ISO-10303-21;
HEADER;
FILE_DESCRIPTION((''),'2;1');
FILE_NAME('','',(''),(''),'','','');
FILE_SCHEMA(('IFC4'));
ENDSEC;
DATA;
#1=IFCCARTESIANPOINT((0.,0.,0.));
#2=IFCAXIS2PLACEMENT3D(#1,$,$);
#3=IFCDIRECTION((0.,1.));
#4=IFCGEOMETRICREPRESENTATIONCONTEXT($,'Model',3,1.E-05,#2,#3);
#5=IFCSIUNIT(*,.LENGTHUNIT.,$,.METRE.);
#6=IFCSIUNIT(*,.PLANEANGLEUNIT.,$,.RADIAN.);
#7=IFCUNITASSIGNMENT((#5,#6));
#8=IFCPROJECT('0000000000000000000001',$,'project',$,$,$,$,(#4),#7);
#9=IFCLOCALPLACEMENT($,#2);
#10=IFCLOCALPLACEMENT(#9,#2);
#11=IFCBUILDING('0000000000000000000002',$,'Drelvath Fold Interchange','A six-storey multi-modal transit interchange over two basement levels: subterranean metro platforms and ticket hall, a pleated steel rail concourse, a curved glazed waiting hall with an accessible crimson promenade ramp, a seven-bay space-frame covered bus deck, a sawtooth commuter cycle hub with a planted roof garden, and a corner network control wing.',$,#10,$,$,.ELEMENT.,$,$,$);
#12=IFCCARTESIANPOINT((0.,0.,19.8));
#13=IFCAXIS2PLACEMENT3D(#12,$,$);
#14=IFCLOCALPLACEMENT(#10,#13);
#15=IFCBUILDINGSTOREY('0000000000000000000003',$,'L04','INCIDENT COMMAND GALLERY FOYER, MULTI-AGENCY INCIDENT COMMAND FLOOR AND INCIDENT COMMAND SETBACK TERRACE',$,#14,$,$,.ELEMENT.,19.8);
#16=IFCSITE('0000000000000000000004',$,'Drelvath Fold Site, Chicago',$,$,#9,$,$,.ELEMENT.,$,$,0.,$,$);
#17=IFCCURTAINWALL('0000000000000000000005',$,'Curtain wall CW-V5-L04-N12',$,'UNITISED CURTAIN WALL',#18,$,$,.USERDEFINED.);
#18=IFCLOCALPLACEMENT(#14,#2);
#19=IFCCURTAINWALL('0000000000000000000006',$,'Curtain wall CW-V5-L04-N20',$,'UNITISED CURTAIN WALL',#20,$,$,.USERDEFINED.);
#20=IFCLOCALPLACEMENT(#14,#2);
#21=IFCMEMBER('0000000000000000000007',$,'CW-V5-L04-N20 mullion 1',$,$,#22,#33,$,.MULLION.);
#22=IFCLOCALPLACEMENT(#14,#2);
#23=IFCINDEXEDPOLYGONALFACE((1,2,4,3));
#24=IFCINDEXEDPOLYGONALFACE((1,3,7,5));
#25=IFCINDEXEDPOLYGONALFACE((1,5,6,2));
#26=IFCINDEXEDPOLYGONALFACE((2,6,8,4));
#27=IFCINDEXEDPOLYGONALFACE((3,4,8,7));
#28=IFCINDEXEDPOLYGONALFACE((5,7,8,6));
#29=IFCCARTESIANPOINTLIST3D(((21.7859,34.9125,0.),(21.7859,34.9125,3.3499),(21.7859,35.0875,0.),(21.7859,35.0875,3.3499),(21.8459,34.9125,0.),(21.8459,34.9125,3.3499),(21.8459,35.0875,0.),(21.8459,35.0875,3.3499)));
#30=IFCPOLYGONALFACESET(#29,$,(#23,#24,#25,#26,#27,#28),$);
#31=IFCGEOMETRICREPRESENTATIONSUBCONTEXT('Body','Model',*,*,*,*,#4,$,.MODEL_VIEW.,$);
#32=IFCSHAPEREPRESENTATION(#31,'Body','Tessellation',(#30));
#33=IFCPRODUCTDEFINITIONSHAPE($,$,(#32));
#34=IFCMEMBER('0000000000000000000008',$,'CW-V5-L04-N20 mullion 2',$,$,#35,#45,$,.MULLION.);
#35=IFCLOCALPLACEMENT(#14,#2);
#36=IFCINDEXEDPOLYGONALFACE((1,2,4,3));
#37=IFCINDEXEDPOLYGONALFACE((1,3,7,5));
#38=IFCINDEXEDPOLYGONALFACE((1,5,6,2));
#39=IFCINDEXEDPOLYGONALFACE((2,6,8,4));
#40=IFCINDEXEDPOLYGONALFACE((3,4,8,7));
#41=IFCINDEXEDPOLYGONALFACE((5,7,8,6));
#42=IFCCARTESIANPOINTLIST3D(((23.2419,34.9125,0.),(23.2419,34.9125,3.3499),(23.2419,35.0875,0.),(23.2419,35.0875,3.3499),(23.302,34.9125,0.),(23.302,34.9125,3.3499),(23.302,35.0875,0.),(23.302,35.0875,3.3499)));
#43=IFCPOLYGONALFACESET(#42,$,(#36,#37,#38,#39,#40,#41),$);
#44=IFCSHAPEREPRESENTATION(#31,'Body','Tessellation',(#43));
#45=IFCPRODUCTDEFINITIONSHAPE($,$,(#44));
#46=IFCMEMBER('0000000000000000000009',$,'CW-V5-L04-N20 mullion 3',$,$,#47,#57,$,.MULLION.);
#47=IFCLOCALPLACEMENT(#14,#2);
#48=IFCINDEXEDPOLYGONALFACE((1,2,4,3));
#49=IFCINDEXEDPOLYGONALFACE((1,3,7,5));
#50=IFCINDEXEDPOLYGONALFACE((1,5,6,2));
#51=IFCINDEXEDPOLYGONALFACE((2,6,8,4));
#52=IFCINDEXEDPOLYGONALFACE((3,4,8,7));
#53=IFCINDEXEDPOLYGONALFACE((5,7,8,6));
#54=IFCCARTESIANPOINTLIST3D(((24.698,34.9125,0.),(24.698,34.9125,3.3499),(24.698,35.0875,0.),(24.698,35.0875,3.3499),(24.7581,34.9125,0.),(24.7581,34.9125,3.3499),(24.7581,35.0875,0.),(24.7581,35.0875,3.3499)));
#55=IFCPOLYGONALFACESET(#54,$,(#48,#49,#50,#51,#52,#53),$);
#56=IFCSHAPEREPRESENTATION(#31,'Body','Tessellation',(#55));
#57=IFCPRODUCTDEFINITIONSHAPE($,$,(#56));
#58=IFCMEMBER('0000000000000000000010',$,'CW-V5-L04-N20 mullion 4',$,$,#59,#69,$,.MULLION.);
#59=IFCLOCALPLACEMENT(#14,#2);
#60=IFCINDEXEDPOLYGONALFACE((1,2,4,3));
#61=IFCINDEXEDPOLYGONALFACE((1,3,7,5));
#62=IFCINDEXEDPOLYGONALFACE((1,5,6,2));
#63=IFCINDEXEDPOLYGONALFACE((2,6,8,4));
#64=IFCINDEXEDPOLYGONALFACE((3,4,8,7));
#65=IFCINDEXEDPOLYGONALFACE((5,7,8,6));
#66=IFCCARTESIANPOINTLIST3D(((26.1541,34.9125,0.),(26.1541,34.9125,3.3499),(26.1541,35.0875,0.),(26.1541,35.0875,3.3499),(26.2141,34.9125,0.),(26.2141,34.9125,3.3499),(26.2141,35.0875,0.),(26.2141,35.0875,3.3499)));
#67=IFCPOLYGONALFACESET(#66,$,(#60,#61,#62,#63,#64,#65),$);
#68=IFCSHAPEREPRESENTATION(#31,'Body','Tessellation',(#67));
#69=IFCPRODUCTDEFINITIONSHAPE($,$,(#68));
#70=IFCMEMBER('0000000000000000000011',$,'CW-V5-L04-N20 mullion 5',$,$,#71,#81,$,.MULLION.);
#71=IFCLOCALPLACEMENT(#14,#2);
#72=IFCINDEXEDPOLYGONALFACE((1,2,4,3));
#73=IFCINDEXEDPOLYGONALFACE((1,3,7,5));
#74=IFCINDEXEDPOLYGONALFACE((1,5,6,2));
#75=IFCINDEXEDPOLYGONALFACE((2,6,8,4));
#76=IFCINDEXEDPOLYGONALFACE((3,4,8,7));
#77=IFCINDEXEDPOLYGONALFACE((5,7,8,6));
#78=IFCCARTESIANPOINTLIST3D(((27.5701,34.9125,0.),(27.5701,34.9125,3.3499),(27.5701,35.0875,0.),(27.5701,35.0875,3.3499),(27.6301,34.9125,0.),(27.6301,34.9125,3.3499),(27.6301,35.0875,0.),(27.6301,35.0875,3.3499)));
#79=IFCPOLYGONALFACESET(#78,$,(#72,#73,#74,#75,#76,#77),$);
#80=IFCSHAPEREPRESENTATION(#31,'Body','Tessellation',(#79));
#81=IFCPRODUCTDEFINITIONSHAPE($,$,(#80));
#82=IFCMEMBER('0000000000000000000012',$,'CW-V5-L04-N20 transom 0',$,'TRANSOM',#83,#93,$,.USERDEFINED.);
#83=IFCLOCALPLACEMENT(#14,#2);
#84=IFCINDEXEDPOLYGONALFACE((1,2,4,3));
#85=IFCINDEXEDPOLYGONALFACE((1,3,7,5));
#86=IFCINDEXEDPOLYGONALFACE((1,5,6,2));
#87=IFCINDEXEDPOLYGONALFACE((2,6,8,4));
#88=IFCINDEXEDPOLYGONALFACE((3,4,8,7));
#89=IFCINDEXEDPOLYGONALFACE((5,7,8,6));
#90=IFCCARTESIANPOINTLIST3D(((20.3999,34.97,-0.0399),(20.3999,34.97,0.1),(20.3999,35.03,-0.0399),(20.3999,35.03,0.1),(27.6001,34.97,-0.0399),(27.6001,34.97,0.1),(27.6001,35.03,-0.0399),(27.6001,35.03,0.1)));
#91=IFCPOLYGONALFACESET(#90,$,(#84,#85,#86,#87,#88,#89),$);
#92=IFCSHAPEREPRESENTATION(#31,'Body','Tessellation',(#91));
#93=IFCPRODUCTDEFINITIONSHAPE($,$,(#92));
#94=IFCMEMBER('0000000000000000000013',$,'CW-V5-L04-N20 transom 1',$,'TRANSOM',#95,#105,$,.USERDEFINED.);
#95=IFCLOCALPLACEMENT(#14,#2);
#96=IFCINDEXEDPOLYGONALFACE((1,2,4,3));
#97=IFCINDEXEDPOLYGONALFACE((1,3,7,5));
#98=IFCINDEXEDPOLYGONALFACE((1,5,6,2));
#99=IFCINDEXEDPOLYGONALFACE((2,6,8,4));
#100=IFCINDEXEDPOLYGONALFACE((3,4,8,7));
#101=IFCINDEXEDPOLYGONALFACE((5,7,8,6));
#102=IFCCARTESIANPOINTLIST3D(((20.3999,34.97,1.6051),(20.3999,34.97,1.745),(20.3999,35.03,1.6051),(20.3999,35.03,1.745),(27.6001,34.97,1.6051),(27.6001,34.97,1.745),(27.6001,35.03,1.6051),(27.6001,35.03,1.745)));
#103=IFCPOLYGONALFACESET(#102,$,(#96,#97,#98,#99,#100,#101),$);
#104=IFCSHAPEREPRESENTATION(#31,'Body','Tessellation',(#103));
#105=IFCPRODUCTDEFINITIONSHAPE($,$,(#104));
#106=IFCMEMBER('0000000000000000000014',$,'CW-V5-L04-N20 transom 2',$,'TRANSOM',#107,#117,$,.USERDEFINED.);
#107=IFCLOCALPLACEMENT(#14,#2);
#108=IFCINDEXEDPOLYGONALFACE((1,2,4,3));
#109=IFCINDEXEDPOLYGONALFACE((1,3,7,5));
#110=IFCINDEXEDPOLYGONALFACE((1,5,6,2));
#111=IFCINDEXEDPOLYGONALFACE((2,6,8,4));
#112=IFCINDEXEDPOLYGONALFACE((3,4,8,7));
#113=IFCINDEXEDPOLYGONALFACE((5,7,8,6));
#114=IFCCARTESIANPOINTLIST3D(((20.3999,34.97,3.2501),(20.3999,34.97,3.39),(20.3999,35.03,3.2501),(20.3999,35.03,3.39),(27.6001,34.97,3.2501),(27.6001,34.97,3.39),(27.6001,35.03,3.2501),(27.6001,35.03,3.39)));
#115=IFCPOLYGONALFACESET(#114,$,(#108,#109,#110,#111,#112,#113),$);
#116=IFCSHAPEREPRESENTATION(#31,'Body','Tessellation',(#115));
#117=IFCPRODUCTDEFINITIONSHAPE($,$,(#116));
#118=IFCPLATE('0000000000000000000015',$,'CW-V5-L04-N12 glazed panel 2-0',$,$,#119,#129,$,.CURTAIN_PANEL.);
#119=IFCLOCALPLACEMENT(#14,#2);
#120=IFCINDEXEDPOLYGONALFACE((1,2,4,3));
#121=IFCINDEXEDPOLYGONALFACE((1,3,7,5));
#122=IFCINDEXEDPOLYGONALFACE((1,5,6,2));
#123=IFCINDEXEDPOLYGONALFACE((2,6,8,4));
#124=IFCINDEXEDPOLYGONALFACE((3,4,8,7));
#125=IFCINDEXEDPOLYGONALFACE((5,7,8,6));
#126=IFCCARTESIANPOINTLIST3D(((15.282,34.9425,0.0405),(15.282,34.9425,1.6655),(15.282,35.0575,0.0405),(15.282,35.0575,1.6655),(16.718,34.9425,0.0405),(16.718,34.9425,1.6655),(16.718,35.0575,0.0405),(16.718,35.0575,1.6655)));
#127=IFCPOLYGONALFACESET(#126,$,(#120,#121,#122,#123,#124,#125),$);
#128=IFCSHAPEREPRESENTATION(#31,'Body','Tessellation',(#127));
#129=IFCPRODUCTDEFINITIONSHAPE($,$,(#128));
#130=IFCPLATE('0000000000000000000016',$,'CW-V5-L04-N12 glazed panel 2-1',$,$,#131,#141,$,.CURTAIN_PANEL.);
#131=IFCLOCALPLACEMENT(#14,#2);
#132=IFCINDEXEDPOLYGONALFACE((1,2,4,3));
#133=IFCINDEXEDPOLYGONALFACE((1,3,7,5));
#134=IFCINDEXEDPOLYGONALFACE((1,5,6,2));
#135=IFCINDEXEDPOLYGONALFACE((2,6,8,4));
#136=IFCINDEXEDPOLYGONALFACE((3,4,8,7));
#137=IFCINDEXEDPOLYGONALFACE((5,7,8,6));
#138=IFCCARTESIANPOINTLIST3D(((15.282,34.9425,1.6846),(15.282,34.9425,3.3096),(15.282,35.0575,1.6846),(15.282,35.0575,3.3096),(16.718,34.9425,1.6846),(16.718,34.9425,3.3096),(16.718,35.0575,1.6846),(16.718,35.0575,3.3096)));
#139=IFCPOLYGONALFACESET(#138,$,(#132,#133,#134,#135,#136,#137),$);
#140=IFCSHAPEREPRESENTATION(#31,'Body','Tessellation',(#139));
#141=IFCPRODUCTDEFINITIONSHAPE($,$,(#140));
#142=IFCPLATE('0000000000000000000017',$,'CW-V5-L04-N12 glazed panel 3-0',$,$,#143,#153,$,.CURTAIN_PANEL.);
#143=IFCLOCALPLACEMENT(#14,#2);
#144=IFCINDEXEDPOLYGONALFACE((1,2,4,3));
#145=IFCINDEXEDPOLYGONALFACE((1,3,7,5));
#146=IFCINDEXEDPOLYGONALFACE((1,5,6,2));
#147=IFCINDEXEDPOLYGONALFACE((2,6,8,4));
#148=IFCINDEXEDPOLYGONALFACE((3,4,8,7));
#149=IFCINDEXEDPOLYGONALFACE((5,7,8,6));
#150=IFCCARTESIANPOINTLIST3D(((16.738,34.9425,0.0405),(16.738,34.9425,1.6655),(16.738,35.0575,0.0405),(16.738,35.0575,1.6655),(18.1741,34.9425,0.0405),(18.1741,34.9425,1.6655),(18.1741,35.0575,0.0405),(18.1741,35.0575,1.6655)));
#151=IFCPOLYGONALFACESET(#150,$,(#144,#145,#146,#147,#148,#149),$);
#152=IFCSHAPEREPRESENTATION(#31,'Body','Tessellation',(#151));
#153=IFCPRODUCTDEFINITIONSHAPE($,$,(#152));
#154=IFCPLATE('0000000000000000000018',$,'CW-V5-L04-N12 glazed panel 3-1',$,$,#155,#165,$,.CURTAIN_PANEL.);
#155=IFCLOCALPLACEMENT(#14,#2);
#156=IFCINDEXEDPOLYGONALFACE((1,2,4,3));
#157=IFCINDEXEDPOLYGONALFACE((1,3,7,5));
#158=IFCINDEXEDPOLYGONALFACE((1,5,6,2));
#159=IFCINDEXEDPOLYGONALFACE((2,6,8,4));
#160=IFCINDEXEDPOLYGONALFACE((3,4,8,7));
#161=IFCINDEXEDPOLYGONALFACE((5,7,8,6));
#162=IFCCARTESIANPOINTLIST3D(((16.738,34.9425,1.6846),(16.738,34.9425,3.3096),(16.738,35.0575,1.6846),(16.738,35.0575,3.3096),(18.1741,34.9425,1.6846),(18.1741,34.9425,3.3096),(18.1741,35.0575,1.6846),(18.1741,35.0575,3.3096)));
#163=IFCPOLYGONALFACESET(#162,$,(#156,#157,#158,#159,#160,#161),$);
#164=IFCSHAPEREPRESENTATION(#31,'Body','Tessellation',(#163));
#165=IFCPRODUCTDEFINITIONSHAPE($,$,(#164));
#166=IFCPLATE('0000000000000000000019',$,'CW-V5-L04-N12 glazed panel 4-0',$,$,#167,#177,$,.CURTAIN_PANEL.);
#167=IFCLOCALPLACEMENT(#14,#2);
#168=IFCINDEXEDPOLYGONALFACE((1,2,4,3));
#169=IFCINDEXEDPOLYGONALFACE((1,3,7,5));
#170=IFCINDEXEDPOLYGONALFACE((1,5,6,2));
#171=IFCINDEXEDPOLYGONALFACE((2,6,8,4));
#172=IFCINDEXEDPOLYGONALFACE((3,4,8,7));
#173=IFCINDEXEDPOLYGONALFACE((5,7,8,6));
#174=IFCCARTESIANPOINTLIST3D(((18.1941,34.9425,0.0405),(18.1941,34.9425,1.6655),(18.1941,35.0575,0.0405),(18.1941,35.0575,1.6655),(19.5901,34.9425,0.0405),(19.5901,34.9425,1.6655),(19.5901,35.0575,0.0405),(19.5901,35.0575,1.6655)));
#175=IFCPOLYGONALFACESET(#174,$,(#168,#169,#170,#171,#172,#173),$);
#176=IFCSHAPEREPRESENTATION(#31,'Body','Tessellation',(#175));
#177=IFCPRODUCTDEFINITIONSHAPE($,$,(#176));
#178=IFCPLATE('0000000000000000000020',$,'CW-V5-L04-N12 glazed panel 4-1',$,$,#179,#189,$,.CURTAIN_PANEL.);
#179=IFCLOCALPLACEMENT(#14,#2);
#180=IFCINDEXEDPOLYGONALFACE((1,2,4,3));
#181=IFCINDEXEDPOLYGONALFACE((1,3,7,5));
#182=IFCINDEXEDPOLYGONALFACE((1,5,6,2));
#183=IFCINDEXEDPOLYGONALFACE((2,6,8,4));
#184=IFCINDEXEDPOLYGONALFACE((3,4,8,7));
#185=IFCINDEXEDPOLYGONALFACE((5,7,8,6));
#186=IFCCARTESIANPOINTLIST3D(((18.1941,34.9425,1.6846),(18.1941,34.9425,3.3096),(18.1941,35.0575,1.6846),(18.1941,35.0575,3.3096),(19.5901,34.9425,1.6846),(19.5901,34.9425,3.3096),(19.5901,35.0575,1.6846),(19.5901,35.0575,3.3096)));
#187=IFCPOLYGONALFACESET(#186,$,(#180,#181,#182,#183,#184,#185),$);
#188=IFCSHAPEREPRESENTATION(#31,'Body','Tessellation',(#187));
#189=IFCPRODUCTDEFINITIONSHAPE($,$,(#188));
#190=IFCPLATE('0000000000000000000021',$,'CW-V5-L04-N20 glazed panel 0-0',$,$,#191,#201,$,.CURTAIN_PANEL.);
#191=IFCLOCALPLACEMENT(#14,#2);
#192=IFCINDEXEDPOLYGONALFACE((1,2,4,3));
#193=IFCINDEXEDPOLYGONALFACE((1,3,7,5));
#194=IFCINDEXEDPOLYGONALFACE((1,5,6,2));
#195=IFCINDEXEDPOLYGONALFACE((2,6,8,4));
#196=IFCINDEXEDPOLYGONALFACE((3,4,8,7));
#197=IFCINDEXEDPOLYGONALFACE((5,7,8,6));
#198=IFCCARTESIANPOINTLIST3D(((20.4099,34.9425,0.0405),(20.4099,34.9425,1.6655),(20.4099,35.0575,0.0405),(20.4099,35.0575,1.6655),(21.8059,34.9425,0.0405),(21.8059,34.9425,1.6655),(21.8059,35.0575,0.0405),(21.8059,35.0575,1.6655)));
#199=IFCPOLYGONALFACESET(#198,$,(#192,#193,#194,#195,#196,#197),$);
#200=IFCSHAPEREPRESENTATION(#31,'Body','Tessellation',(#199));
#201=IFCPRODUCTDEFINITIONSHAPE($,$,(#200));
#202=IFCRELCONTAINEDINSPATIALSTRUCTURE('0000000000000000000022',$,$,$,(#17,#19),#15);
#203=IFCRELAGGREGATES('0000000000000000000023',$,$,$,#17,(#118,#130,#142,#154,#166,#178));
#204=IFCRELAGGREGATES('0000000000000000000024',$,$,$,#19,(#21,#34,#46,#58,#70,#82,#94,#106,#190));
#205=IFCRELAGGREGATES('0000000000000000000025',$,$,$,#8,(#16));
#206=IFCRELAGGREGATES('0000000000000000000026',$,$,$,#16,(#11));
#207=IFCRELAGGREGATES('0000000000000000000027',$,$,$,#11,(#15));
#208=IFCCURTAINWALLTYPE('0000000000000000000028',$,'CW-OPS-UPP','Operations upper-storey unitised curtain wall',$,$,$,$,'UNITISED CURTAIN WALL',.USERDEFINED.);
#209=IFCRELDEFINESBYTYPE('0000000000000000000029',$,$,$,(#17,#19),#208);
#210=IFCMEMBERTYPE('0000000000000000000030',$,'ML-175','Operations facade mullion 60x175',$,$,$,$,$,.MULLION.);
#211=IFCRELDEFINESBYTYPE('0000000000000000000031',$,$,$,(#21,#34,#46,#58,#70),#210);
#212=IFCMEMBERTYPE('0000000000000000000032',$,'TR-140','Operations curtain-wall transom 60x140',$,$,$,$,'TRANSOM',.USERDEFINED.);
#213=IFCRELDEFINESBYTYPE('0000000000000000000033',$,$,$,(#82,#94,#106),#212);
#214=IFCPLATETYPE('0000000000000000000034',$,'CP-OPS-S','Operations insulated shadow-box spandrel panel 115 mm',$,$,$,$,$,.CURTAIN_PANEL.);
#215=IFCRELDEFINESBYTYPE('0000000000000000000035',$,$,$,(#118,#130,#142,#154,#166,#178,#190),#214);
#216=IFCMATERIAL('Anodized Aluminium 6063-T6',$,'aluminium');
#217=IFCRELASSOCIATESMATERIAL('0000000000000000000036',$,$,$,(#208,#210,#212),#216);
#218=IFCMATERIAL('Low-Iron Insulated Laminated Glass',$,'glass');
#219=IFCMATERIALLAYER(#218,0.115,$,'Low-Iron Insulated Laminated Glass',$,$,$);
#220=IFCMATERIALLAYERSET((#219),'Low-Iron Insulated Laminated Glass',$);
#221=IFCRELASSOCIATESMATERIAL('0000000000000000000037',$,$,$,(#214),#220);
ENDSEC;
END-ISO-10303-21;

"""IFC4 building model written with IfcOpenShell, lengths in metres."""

from ifc_helpers import new_model, si_unit, direction, frame, origin, origin_2d, place, context, subcontext, project, spatial, rectangle, extrude, material, layer, layer_set, material_profile, profile_set, type_object, element, aggregate, save


model = new_model("IFC4")

# Units and contexts
model_context = context("Model", 3, precision=1e-05, world=origin(), true_north=direction((0.0, 1.0)))
body_context = subcontext(model_context, "Body", "Model", "MODEL_VIEW")
ifc_project = project(units=[si_unit("LENGTHUNIT", "METRE"), si_unit("PLANEANGLEUNIT", "RADIAN")], contexts=[model_context])

# Site, building, storey
site_placement = place(None, origin())
site = spatial("IfcSite", under=ifc_project, at=site_placement, Name="Drelvath Fold Site, Chicago", CompositionType="ELEMENT", RefElevation=0.0)
building_placement = place(site_placement, origin())
building = spatial("IfcBuilding", under=site, at=building_placement, Name="Drelvath Fold Interchange", Description="A six-storey multi-modal transit interchange over two basement levels: subterranean metro platforms and ticket hall, a pleated steel rail concourse, a curved glazed waiting hall with an accessible crimson promenade ramp, a seven-bay space-frame covered bus deck, a sawtooth commuter cycle hub with a planted roof garden, and a corner network control wing.", CompositionType="ELEMENT")
storey_placement = place(building_placement, frame((0.0, 0.0, 19.8)))
storey = spatial("IfcBuildingStorey", under=building, at=storey_placement, Name="L04", Description="INCIDENT COMMAND GALLERY FOYER, MULTI-AGENCY INCIDENT COMMAND FLOOR AND INCIDENT COMMAND SETBACK TERRACE", CompositionType="ELEMENT", Elevation=19.8)

# Curtain walls, members
ifc_material_1 = material(Name="Anodized Aluminium 6063-T6", Category="aluminium")
curtain_wall_type = type_object("IfcCurtainWallType", Name="CW-OPS-UPP", Description="Operations upper-storey unitised curtain wall", ElementType="UNITISED CURTAIN WALL", PredefinedType="USERDEFINED", material=ifc_material_1)
curtain_wall_1_placement = place(storey_placement, origin())
curtain_wall_1 = element("IfcCurtainWall", 1, at=curtain_wall_1_placement, inside=storey, type_object=curtain_wall_type, Name="Curtain wall CW-V5-L04-N12", ObjectType="UNITISED CURTAIN WALL", PredefinedType="USERDEFINED")
ifc_material_profile_1 = material_profile(ifc_material_1, rectangle(XDim=0.0601, YDim=0.175, at=origin_2d()), Name="AL-M 60x175")
ifc_profile_set_1 = profile_set([ifc_material_profile_1], Name="Anodized Aluminium 6063-T6")
member_type_1 = type_object("IfcMemberType", Name="ML-175", Description="Operations facade mullion 60x175", PredefinedType="MULLION", material=ifc_profile_set_1)
curtain_wall_2_placement = place(storey_placement, origin())
curtain_wall_2 = element("IfcCurtainWall", 2, at=curtain_wall_2_placement, inside=storey, type_object=curtain_wall_type, Name="Curtain wall CW-V5-L04-N20", ObjectType="UNITISED CURTAIN WALL", PredefinedType="USERDEFINED")
member_1_placement = place(storey_placement, frame((21.8159, 35.0, 0.0), z_axis=(0.0, 0.0, 1.0), x_axis=(1.0, 0.0, 0.0)))
member_1 = element("IfcMember", 3, at=member_1_placement, type_object=member_type_1, Name="CW-V5-L04-N20 mullion 1", PredefinedType="MULLION", context=body_context, shape_type="SweptSolid", body=[
    extrude(rectangle(XDim=0.0601, YDim=0.175, at=origin_2d()), origin(), (0.0, 0.0, 1.0), 3.3499),
])
member_2_placement = place(storey_placement, frame((23.272, 35.0, 0.0), z_axis=(0.0, 0.0, 1.0), x_axis=(1.0, 0.0, 0.0)))
member_2 = element("IfcMember", 4, at=member_2_placement, type_object=member_type_1, Name="CW-V5-L04-N20 mullion 2", PredefinedType="MULLION", context=body_context, shape_type="SweptSolid", body=[
    extrude(rectangle(XDim=0.0601, YDim=0.175, at=origin_2d()), origin(), (0.0, 0.0, 1.0), 3.3499),
])
member_3_placement = place(storey_placement, frame((24.728, 35.0, 0.0), z_axis=(0.0, 0.0, 1.0), x_axis=(1.0, 0.0, 0.0)))
member_3 = element("IfcMember", 5, at=member_3_placement, type_object=member_type_1, Name="CW-V5-L04-N20 mullion 3", PredefinedType="MULLION", context=body_context, shape_type="SweptSolid", body=[
    extrude(rectangle(XDim=0.0601, YDim=0.175, at=origin_2d()), origin(), (0.0, 0.0, 1.0), 3.3499),
])
member_4_placement = place(storey_placement, frame((26.1841, 35.0, 0.0), z_axis=(0.0, 0.0, 1.0), x_axis=(1.0, 0.0, 0.0)))
member_4 = element("IfcMember", 6, at=member_4_placement, type_object=member_type_1, Name="CW-V5-L04-N20 mullion 4", PredefinedType="MULLION", context=body_context, shape_type="SweptSolid", body=[
    extrude(rectangle(XDim=0.0601, YDim=0.175, at=origin_2d()), origin(), (0.0, 0.0, 1.0), 3.3499),
])
member_5_placement = place(storey_placement, frame((27.6001, 35.0, 0.0), z_axis=(0.0, 0.0, 1.0), x_axis=(1.0, 0.0, 0.0)))
member_5 = element("IfcMember", 7, at=member_5_placement, type_object=member_type_1, Name="CW-V5-L04-N20 mullion 5", PredefinedType="MULLION", context=body_context, shape_type="SweptSolid", body=[
    extrude(rectangle(XDim=0.0601, YDim=0.175, at=origin_2d()), origin(), (0.0, 0.0, 1.0), 3.3499),
])
ifc_material_profile_2 = material_profile(ifc_material_1, rectangle(XDim=0.0601, YDim=0.1399, at=origin_2d()), Name="AL-T 60x140")
ifc_profile_set_2 = profile_set([ifc_material_profile_2], Name="Anodized Aluminium 6063-T6")
member_type_2 = type_object("IfcMemberType", Name="TR-140", Description="Operations curtain-wall transom 60x140", ElementType="TRANSOM", PredefinedType="USERDEFINED", material=ifc_profile_set_2)
member_6_placement = place(storey_placement, frame((20.3999, 35.0, 0.03), z_axis=(1.0, 0.0, 0.0), x_axis=(0.0, 1.0, 0.0)))
member_6 = element("IfcMember", 8, at=member_6_placement, type_object=member_type_2, Name="CW-V5-L04-N20 transom 0", ObjectType="TRANSOM", PredefinedType="USERDEFINED", context=body_context, shape_type="SweptSolid", body=[
    extrude(rectangle(XDim=0.0601, YDim=0.1399, at=origin_2d()), origin(), (0.0, 0.0, 1.0), 7.2002),
])
member_7_placement = place(storey_placement, frame((20.3999, 35.0, 1.675), z_axis=(1.0, 0.0, 0.0), x_axis=(0.0, 1.0, 0.0)))
member_7 = element("IfcMember", 9, at=member_7_placement, type_object=member_type_2, Name="CW-V5-L04-N20 transom 1", ObjectType="TRANSOM", PredefinedType="USERDEFINED", context=body_context, shape_type="SweptSolid", body=[
    extrude(rectangle(XDim=0.0601, YDim=0.1399, at=origin_2d()), origin(), (0.0, 0.0, 1.0), 7.2002),
])
member_8_placement = place(storey_placement, frame((20.3999, 35.0, 3.3201), z_axis=(1.0, 0.0, 0.0), x_axis=(0.0, 1.0, 0.0)))
member_8 = element("IfcMember", 10, at=member_8_placement, type_object=member_type_2, Name="CW-V5-L04-N20 transom 2", ObjectType="TRANSOM", PredefinedType="USERDEFINED", context=body_context, shape_type="SweptSolid", body=[
    extrude(rectangle(XDim=0.0601, YDim=0.1399, at=origin_2d()), origin(), (0.0, 0.0, 1.0), 7.2002),
])

# Plates
ifc_material_2 = material(Name="Low-Iron Insulated Laminated Glass", Category="glass")
ifc_layer = layer(ifc_material_2, 0.115, Name="Low-Iron Insulated Laminated Glass")
ifc_layer_set = layer_set([ifc_layer], Name="Low-Iron Insulated Laminated Glass")
plate_type = type_object("IfcPlateType", Name="CP-OPS-S", Description="Operations insulated shadow-box spandrel panel 115 mm", PredefinedType="CURTAIN_PANEL", material=ifc_layer_set)
plate_1_placement = place(storey_placement, frame((16.0, 35.0, 0.0405), z_axis=(0.0, 0.0, 1.0), x_axis=(1.0, 0.0, 0.0)))
plate_1 = element("IfcPlate", 11, at=plate_1_placement, type_object=plate_type, Name="CW-V5-L04-N12 glazed panel 2-0", PredefinedType="CURTAIN_PANEL", context=body_context, shape_type="SweptSolid", body=[
    extrude(rectangle(XDim=1.436, YDim=0.115, at=origin_2d()), origin(), (0.0, 0.0, 1.0), 1.625),
])
plate_2_placement = place(storey_placement, frame((16.0, 35.0, 1.6846), z_axis=(0.0, 0.0, 1.0), x_axis=(1.0, 0.0, 0.0)))
plate_2 = element("IfcPlate", 12, at=plate_2_placement, type_object=plate_type, Name="CW-V5-L04-N12 glazed panel 2-1", PredefinedType="CURTAIN_PANEL", context=body_context, shape_type="SweptSolid", body=[
    extrude(rectangle(XDim=1.436, YDim=0.115, at=origin_2d()), origin(), (0.0, 0.0, 1.0), 1.625),
])
plate_3_placement = place(storey_placement, frame((17.4561, 35.0, 0.0405), z_axis=(0.0, 0.0, 1.0), x_axis=(1.0, 0.0, 0.0)))
plate_3 = element("IfcPlate", 13, at=plate_3_placement, type_object=plate_type, Name="CW-V5-L04-N12 glazed panel 3-0", PredefinedType="CURTAIN_PANEL", context=body_context, shape_type="SweptSolid", body=[
    extrude(rectangle(XDim=1.436, YDim=0.115, at=origin_2d()), origin(), (0.0, 0.0, 1.0), 1.625),
])
plate_4_placement = place(storey_placement, frame((17.4561, 35.0, 1.6846), z_axis=(0.0, 0.0, 1.0), x_axis=(1.0, 0.0, 0.0)))
plate_4 = element("IfcPlate", 14, at=plate_4_placement, type_object=plate_type, Name="CW-V5-L04-N12 glazed panel 3-1", PredefinedType="CURTAIN_PANEL", context=body_context, shape_type="SweptSolid", body=[
    extrude(rectangle(XDim=1.436, YDim=0.115, at=origin_2d()), origin(), (0.0, 0.0, 1.0), 1.625),
])
plate_5_placement = place(storey_placement, frame((18.8921, 35.0, 0.0405), z_axis=(0.0, 0.0, 1.0), x_axis=(1.0, 0.0, 0.0)))
plate_5 = element("IfcPlate", 15, at=plate_5_placement, type_object=plate_type, Name="CW-V5-L04-N12 glazed panel 4-0", PredefinedType="CURTAIN_PANEL", context=body_context, shape_type="SweptSolid", body=[
    extrude(rectangle(XDim=1.396, YDim=0.115, at=origin_2d()), origin(), (0.0, 0.0, 1.0), 1.625),
])
plate_6_placement = place(storey_placement, frame((18.8921, 35.0, 1.6846), z_axis=(0.0, 0.0, 1.0), x_axis=(1.0, 0.0, 0.0)))
plate_6 = element("IfcPlate", 16, at=plate_6_placement, type_object=plate_type, Name="CW-V5-L04-N12 glazed panel 4-1", PredefinedType="CURTAIN_PANEL", context=body_context, shape_type="SweptSolid", body=[
    extrude(rectangle(XDim=1.396, YDim=0.115, at=origin_2d()), origin(), (0.0, 0.0, 1.0), 1.625),
])
aggregate(curtain_wall_1, [plate_1, plate_2, plate_3, plate_4, plate_5, plate_6])
plate_7_placement = place(storey_placement, frame((21.1079, 35.0, 0.0405), z_axis=(0.0, 0.0, 1.0), x_axis=(1.0, 0.0, 0.0)))
plate_7 = element("IfcPlate", 17, at=plate_7_placement, type_object=plate_type, Name="CW-V5-L04-N20 glazed panel 0-0", PredefinedType="CURTAIN_PANEL", context=body_context, shape_type="SweptSolid", body=[
    extrude(rectangle(XDim=1.396, YDim=0.115, at=origin_2d()), origin(), (0.0, 0.0, 1.0), 1.625),
])
aggregate(curtain_wall_2, [member_1, member_2, member_3, member_4, member_5, member_6, member_7, member_8, plate_7])

save(model, "model.ifc")
